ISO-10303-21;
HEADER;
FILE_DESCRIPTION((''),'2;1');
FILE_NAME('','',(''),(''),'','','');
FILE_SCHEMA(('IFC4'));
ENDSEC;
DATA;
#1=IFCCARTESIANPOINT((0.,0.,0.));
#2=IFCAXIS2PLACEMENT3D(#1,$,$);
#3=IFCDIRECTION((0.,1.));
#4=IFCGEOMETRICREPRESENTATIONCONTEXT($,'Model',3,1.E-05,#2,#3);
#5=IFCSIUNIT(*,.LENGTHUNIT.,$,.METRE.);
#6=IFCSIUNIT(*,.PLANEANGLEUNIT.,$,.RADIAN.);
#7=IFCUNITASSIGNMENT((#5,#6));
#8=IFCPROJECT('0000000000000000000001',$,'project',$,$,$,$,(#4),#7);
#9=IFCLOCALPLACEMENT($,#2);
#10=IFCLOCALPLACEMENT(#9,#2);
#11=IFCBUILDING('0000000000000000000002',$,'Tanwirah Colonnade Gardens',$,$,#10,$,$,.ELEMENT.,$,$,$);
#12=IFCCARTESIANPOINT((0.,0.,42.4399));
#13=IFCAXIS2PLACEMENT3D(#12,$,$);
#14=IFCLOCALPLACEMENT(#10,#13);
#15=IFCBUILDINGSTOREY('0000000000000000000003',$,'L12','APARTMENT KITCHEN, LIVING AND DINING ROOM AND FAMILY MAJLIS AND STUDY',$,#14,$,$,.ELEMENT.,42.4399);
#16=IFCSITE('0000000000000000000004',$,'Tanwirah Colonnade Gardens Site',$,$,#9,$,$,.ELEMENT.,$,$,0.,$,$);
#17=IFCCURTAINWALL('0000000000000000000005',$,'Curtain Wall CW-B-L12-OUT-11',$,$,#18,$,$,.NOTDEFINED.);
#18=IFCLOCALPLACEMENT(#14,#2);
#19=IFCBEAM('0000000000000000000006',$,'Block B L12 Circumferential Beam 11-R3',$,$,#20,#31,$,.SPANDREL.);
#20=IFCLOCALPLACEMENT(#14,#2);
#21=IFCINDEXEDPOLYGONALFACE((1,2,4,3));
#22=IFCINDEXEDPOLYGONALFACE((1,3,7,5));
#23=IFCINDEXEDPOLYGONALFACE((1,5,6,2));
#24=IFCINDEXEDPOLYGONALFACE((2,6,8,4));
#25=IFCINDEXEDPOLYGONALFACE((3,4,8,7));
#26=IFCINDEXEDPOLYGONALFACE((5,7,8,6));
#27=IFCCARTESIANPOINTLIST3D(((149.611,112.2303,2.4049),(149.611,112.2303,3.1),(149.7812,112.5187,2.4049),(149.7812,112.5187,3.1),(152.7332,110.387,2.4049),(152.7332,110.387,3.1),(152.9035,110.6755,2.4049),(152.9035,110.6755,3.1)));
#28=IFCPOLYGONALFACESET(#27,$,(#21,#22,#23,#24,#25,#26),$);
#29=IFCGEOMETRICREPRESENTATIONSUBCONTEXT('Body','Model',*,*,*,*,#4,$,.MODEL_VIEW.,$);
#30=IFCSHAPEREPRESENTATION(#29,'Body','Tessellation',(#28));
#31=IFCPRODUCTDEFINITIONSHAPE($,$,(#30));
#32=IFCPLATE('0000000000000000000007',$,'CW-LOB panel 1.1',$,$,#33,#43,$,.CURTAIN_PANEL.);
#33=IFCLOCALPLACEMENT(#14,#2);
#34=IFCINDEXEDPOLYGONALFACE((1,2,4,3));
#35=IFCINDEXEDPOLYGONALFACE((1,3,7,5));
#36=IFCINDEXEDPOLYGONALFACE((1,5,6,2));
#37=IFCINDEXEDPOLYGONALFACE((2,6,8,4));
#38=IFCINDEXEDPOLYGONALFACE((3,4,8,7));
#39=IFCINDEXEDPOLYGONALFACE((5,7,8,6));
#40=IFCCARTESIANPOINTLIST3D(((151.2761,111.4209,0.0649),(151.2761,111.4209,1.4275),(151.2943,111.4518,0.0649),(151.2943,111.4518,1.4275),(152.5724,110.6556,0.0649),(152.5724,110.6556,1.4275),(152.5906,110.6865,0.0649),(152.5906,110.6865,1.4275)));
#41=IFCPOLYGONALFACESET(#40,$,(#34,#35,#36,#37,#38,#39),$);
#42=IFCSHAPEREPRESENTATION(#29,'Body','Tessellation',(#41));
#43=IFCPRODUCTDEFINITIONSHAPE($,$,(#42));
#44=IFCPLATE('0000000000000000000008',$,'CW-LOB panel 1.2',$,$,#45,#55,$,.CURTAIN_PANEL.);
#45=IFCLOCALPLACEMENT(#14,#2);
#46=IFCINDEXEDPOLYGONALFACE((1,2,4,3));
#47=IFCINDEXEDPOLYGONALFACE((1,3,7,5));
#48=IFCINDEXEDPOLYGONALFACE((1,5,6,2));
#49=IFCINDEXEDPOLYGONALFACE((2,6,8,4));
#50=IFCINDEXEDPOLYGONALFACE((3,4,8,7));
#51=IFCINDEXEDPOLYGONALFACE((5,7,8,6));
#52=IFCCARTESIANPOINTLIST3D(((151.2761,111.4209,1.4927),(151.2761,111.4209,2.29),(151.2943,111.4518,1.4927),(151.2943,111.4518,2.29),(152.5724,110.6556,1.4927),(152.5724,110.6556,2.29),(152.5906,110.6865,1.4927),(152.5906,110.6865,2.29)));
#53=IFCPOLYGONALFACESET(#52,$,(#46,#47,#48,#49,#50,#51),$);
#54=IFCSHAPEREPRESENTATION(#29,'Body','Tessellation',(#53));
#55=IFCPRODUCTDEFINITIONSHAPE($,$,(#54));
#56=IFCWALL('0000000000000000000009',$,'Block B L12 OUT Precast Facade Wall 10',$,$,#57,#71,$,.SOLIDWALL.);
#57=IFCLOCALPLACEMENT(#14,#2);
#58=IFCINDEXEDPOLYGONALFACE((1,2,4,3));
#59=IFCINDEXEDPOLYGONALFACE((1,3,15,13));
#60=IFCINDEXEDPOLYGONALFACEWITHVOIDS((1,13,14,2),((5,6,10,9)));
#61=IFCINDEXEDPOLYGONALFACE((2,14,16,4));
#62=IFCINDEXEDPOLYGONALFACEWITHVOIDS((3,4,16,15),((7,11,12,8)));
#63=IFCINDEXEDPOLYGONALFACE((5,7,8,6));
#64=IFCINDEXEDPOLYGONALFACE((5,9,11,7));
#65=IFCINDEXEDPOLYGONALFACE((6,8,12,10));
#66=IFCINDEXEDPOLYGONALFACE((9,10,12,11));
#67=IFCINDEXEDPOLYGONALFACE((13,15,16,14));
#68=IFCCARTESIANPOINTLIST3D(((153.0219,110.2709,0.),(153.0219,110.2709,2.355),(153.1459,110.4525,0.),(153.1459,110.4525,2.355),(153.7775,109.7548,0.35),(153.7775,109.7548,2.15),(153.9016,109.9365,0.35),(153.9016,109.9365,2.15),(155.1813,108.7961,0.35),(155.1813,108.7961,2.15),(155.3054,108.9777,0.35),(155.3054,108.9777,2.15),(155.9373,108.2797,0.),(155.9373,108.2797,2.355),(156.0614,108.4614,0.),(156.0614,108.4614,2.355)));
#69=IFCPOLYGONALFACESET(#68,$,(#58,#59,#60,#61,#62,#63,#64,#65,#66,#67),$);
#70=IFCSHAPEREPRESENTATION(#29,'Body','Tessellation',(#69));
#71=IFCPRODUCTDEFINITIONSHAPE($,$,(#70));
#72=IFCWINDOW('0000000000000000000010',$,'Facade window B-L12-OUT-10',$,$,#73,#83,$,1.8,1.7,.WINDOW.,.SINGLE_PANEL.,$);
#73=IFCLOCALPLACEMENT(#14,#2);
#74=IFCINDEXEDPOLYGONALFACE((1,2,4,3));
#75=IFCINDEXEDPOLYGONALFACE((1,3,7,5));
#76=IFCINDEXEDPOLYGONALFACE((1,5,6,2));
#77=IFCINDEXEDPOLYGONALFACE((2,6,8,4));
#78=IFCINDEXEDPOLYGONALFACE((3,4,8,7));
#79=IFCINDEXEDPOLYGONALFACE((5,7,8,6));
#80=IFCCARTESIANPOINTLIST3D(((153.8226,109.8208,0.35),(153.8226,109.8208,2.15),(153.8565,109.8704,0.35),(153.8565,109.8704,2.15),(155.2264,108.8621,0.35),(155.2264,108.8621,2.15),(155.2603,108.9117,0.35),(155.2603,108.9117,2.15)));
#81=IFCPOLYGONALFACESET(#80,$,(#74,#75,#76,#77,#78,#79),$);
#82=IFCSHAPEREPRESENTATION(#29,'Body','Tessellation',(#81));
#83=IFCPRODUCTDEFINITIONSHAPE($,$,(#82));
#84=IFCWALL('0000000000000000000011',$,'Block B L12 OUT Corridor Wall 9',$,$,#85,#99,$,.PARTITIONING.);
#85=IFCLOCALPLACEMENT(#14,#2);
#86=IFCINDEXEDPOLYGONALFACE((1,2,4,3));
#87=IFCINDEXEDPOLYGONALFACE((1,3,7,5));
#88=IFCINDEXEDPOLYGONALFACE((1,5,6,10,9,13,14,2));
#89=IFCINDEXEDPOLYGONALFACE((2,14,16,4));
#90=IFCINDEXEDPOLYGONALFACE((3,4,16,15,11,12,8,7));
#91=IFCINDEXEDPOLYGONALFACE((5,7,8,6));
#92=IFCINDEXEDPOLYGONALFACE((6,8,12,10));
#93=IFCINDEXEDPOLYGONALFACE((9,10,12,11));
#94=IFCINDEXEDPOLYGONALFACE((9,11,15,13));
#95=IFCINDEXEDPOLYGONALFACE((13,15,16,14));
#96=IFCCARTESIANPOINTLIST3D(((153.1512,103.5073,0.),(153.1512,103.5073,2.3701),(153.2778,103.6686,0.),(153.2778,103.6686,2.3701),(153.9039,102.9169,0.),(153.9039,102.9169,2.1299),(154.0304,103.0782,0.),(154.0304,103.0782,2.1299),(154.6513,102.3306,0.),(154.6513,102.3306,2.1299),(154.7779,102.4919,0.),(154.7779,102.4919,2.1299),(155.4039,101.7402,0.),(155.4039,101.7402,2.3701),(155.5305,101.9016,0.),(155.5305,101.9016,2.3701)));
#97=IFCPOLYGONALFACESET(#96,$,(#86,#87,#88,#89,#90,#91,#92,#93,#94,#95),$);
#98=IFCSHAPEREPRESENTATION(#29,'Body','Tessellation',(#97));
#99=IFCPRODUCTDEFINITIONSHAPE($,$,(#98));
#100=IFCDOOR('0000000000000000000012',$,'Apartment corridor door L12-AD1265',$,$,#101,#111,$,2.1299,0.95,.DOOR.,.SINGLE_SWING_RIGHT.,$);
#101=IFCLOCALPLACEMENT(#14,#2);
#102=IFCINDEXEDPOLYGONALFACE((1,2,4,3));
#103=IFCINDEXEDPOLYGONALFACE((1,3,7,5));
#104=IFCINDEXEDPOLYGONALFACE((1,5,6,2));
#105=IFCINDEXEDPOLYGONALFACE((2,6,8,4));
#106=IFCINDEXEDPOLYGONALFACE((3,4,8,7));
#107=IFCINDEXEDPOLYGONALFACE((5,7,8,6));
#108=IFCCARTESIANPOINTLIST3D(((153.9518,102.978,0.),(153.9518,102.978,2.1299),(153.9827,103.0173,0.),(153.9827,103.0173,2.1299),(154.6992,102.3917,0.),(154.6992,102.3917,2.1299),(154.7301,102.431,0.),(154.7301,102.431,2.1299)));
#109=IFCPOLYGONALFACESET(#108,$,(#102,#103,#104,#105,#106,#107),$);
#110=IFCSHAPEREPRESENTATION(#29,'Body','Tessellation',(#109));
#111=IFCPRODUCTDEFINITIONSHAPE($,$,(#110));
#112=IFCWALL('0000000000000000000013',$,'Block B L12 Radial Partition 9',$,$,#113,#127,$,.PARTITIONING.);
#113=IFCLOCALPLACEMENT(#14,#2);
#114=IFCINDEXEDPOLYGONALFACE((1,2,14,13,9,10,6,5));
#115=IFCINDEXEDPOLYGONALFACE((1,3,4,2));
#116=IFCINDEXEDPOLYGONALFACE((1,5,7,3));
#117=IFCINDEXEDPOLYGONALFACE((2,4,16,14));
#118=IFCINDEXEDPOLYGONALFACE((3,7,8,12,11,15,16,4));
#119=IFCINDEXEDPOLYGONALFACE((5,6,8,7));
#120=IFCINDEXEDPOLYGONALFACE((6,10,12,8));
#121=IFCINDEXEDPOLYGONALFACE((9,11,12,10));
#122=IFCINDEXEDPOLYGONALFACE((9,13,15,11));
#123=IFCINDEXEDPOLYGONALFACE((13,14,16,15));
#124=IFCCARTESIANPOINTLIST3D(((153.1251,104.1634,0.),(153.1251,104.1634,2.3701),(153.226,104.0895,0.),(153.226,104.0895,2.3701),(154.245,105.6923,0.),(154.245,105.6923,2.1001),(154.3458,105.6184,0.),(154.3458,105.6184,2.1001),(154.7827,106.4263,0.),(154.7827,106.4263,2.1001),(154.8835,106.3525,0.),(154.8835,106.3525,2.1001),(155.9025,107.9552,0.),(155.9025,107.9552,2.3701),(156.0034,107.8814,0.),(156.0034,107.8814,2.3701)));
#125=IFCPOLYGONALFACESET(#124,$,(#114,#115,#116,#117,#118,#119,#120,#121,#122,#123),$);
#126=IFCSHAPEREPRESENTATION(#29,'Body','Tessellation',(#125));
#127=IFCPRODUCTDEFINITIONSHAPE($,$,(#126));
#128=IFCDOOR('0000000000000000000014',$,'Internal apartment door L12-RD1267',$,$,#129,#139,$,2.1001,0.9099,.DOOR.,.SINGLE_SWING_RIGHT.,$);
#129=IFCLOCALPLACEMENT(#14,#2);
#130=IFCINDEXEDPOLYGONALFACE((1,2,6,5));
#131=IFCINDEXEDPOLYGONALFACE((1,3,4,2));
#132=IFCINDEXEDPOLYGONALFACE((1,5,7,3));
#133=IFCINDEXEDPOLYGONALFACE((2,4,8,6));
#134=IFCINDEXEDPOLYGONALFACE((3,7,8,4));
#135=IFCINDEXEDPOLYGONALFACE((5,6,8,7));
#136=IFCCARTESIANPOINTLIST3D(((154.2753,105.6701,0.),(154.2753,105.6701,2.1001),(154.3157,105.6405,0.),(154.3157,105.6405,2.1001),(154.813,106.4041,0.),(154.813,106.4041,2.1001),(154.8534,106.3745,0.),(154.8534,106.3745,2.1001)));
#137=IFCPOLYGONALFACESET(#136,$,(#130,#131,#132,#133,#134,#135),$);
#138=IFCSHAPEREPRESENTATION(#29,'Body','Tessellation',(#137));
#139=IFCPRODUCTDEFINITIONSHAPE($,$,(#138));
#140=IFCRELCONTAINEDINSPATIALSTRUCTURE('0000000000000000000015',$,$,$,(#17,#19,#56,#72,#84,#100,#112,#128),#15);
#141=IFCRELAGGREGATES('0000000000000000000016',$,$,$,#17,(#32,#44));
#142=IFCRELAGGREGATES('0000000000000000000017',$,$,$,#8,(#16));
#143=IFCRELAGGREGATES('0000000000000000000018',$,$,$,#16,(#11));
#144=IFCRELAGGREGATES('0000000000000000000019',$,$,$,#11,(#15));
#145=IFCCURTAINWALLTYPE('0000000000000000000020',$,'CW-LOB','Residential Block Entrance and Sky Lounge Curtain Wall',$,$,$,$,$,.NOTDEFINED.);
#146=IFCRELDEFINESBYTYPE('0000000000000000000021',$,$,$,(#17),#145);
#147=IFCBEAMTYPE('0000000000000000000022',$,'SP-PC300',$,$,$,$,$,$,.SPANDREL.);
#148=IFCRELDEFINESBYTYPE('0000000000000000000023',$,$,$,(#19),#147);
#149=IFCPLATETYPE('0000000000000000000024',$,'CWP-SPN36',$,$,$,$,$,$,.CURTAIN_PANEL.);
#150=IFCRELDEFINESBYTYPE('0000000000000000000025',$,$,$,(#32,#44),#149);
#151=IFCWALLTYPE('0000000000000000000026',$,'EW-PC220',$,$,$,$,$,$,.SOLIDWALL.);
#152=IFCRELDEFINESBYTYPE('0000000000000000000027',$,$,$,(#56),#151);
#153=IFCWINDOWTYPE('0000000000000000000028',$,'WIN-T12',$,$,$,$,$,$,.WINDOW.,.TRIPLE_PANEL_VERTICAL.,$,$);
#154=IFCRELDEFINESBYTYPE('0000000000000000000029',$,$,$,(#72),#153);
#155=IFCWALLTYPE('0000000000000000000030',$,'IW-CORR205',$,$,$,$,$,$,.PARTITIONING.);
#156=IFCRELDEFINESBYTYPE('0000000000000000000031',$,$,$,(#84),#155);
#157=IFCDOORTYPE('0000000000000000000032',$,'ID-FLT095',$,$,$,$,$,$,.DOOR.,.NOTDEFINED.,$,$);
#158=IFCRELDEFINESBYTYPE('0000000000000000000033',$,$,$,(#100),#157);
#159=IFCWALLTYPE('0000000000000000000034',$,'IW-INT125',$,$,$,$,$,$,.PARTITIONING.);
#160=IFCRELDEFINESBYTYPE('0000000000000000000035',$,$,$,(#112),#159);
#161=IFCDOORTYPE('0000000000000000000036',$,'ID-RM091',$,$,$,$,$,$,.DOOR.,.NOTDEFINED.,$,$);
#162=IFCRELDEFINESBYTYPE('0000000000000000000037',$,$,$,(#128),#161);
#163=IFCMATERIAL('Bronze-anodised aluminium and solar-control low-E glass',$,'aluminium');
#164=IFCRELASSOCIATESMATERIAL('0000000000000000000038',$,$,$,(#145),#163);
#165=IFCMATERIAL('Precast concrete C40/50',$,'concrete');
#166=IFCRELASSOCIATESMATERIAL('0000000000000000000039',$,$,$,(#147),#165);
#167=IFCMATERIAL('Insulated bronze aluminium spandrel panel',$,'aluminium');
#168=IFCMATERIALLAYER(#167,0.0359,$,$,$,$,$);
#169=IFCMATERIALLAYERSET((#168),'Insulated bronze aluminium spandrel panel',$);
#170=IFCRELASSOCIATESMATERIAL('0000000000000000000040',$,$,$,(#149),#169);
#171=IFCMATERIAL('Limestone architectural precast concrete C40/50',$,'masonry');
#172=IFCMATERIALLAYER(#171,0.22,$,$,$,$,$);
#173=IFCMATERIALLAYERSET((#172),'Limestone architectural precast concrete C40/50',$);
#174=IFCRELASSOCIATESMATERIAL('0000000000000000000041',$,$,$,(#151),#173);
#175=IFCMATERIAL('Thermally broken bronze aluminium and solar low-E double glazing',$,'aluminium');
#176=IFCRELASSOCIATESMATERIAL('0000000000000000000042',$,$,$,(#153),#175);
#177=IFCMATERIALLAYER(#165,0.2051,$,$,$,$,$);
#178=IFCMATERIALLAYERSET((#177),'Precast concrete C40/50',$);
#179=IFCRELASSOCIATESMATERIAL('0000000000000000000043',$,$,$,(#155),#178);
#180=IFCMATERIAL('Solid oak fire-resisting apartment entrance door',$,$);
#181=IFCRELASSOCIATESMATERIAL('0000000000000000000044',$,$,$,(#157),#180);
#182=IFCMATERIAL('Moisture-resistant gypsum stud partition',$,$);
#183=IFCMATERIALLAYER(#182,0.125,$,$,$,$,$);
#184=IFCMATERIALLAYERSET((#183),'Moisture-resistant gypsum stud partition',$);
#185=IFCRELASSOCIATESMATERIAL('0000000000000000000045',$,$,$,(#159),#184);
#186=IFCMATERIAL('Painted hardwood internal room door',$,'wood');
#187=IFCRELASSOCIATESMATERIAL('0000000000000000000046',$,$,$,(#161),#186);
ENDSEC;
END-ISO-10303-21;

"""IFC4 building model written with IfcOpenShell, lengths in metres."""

from ifc_helpers import new_model, si_unit, direction, frame, frame_2d, origin, origin_2d, place, context, subcontext, project, spatial, rectangle, extrude, material, layer, layer_set, material_profile, profile_set, type_object, element, fill, aggregate, save


model = new_model("IFC4")

# Units and contexts
model_context = context("Model", 3, precision=1e-05, world=origin(), true_north=direction((0.0, 1.0)))
body_context = subcontext(model_context, "Body", "Model", "MODEL_VIEW")
ifc_project = project(units=[si_unit("LENGTHUNIT", "METRE"), si_unit("PLANEANGLEUNIT", "RADIAN")], contexts=[model_context])

# Site, building, storey
site_placement = place(None, origin())
site = spatial("IfcSite", under=ifc_project, at=site_placement, Name="Tanwirah Colonnade Gardens Site", CompositionType="ELEMENT", RefElevation=0.0)
building_placement = place(site_placement, origin())
building = spatial("IfcBuilding", under=site, at=building_placement, Name="Tanwirah Colonnade Gardens", CompositionType="ELEMENT")
storey_placement = place(building_placement, frame((0.0, 0.0, 42.4399)))
storey = spatial("IfcBuildingStorey", under=building, at=storey_placement, Name="L12", Description="APARTMENT KITCHEN, LIVING AND DINING ROOM AND FAMILY MAJLIS AND STUDY", CompositionType="ELEMENT", Elevation=42.4399)

# Shared definitions
ifc_material_1 = material(Name="Precast concrete C40/50", Category="concrete")

# Curtain wall
ifc_material_2 = material(Name="Bronze-anodised aluminium and solar-control low-E glass", Category="aluminium")
curtain_wall_type = type_object("IfcCurtainWallType", Name="CW-LOB", Description="Residential Block Entrance and Sky Lounge Curtain Wall", PredefinedType="NOTDEFINED", material=ifc_material_2)
curtain_wall_placement = place(storey_placement, origin())
curtain_wall = element("IfcCurtainWall", 1, at=curtain_wall_placement, inside=storey, type_object=curtain_wall_type, Name="Curtain Wall CW-B-L12-OUT-11", PredefinedType="NOTDEFINED")

# Beam
ifc_material_profile_1 = material_profile(ifc_material_1, rectangle(XDim=0.335, YDim=0.6951, at=origin_2d()), Name="PC-SP 335x695")
ifc_profile_set_1 = profile_set([ifc_material_profile_1], Name="Precast concrete C40/50")
beam_type_1 = type_object("IfcBeamType", Name="SP-PC300", PredefinedType="SPANDREL", material=ifc_profile_set_1)
for number, where, z_axis, x_axis, name in (
    (2, (152.8184, 110.5312, 2.7524), (-0.861137, 0.508373, 0.0), (-0.508373, -0.861137, 0.0), "Block B L12 Circumferential Beam 11-R3"),
):
    element("IfcBeam", number, at=place(storey_placement, frame(where, z_axis=z_axis, x_axis=x_axis)), inside=storey, type_object=beam_type_1, Name=name, PredefinedType="SPANDREL", context=body_context, shape_type="SweptSolid", body=[
        extrude(rectangle(XDim=0.335, YDim=0.6951, at=origin_2d()), origin(), (0.0, 0.0, 1.0), 3.6257),
    ])

# Plates
ifc_material_3 = material(Name="Insulated bronze aluminium spandrel panel", Category="aluminium")
ifc_layer_1 = layer(ifc_material_3, 0.0359)
ifc_layer_set_1 = layer_set([ifc_layer_1], Name="Insulated bronze aluminium spandrel panel")
plate_type = type_object("IfcPlateType", Name="CWP-SPN36", PredefinedType="CURTAIN_PANEL", material=ifc_layer_set_1)
plate_1_placement = place(storey_placement, frame((151.9333, 111.0537, 0.0649), z_axis=(0.0, 0.0, 1.0), x_axis=(-0.861137, 0.508372, 0.0)))
plate_1 = element("IfcPlate", 3, at=plate_1_placement, type_object=plate_type, Name="CW-LOB panel 1.1", PredefinedType="CURTAIN_PANEL", context=body_context, shape_type="SweptSolid", body=[
    extrude(rectangle(XDim=1.5054, YDim=0.0359, at=origin_2d()), origin(), (0.0, 0.0, 1.0), 1.3625),
])
plate_2_placement = place(storey_placement, frame((151.9333, 111.0537, 1.4927), z_axis=(0.0, 0.0, 1.0), x_axis=(-0.861137, 0.508372, 0.0)))
plate_2 = element("IfcPlate", 4, at=plate_2_placement, type_object=plate_type, Name="CW-LOB panel 1.2", PredefinedType="CURTAIN_PANEL", context=body_context, shape_type="SweptSolid", body=[
    extrude(rectangle(XDim=1.5054, YDim=0.0359, at=origin_2d()), origin(), (0.0, 0.0, 1.0), 0.7974),
])
aggregate(curtain_wall, [plate_1, plate_2])

# Wall, opening, window
ifc_material_4 = material(Name="Limestone architectural precast concrete C40/50", Category="masonry")
ifc_layer_2 = layer(ifc_material_4, 0.22)
ifc_layer_set_2 = layer_set([ifc_layer_2], Name="Limestone architectural precast concrete C40/50")
wall_type_1 = type_object("IfcWallType", Name="EW-PC220", PredefinedType="SOLIDWALL", material=ifc_layer_set_2)
wall_1_placement = place(storey_placement, frame((155.9993, 108.3706, 0.0), z_axis=(0.0, 0.0, 1.0), x_axis=(-0.825785, 0.563985, 0.0)))
wall_1 = element("IfcWall", 5, at=wall_1_placement, inside=storey, type_object=wall_type_1, Name="Block B L12 OUT Precast Facade Wall 10", PredefinedType="SOLIDWALL", context=body_context, shape_type="SweptSolid", body=[
    extrude(rectangle(XDim=3.5305, YDim=0.22, at=frame_2d((1.7651, 0.0))), origin(), (0.0, 0.0, 1.0), 2.355),
])
opening_1_placement = place(wall_1_placement, frame((0.9153, 0.0, 0.3501)))
opening_1 = element("IfcOpeningElement", 6, at=opening_1_placement, cuts=wall_1, PredefinedType="OPENING", context=body_context, shape_type="SweptSolid", body=[
    extrude(rectangle(XDim=1.7, YDim=1.8, at=frame_2d((0.8501, 0.8999))), frame((0.0, 0.1199, 0.0), z_axis=(0.0, -1.0, 0.0), x_axis=(1.0, 0.0, 0.0)), (0.0, 0.0, 1.0), 0.24),
])
ifc_material_5 = material(Name="Thermally broken bronze aluminium and solar low-E double glazing", Category="aluminium")
window_type = type_object("IfcWindowType", Name="WIN-T12", PartitioningType="TRIPLE_PANEL_VERTICAL", PredefinedType="WINDOW", material=ifc_material_5)
window_placement = place(opening_1_placement, origin())
window = element("IfcWindow", 7, at=window_placement, inside=storey, type_object=window_type, Name="Facade window B-L12-OUT-10", OverallHeight=1.8, OverallWidth=1.7, PartitioningType="SINGLE_PANEL", PredefinedType="WINDOW", context=body_context, shape_type="SweptSolid", body=[
    extrude(rectangle(XDim=1.7, YDim=1.8, at=frame_2d((0.8501, 0.8999))), frame((0.0, 0.03, 0.0), z_axis=(0.0, -1.0, 0.0), x_axis=(1.0, 0.0, 0.0)), (0.0, 0.0, 1.0), 0.0601),
])
fill(opening_1, window)

# Walls, openings, doors
ifc_layer_3 = layer(ifc_material_1, 0.2051)
ifc_layer_set_3 = layer_set([ifc_layer_3], Name="Precast concrete C40/50")
wall_type_2 = type_object("IfcWallType", Name="IW-CORR205", PredefinedType="PARTITIONING", material=ifc_layer_set_3)
wall_2_placement = place(storey_placement, frame((155.4673, 101.8208, 0.0), z_axis=(0.0, 0.0, 1.0), x_axis=(-0.786806, 0.6172, 0.0)))
wall_2 = element("IfcWall", 8, at=wall_2_placement, inside=storey, type_object=wall_type_2, Name="Block B L12 OUT Corridor Wall 9", PredefinedType="PARTITIONING", context=body_context, shape_type="SweptSolid", body=[
    extrude(rectangle(XDim=2.863, YDim=0.2051, at=frame_2d((1.4316, 0.0))), origin(), (0.0, 0.0, 1.0), 2.3701),
])
opening_2_placement = place(wall_2_placement, frame((0.9565, 0.0, 0.0)))
opening_2 = element("IfcOpeningElement", 9, at=opening_2_placement, cuts=wall_2, PredefinedType="OPENING", context=body_context, shape_type="SweptSolid", body=[
    extrude(rectangle(XDim=0.95, YDim=2.1299, at=frame_2d((0.4751, 1.0649))), frame((0.0, 0.1125, 0.0), z_axis=(0.0, -1.0, 0.0), x_axis=(1.0, 0.0, 0.0)), (0.0, 0.0, 1.0), 0.2251),
])
ifc_material_6 = material(Name="Solid oak fire-resisting apartment entrance door")
door_type_1 = type_object("IfcDoorType", Name="ID-FLT095", OperationType="NOTDEFINED", PredefinedType="DOOR", material=ifc_material_6)
door_1_placement = place(opening_2_placement, origin())
door_1 = element("IfcDoor", 10, at=door_1_placement, inside=storey, type_object=door_type_1, Name="Apartment corridor door L12-AD1265", OperationType="SINGLE_SWING_RIGHT", OverallHeight=2.1299, OverallWidth=0.95, PredefinedType="DOOR", context=body_context, shape_type="SweptSolid", body=[
    extrude(rectangle(XDim=0.95, YDim=2.1299, at=frame_2d((0.4751, 1.0649))), frame((0.0, 0.0249, 0.0), z_axis=(0.0, -1.0, 0.0), x_axis=(1.0, 0.0, 0.0)), (0.0, 0.0, 1.0), 0.05),
])
fill(opening_2, door_1)
ifc_material_7 = material(Name="Moisture-resistant gypsum stud partition")
ifc_layer_4 = layer(ifc_material_7, 0.125)
ifc_layer_set_4 = layer_set([ifc_layer_4], Name="Moisture-resistant gypsum stud partition")
wall_type_3 = type_object("IfcWallType", Name="IW-INT125", PredefinedType="PARTITIONING", material=ifc_layer_set_4)
wall_3_placement = place(storey_placement, frame((153.1755, 104.1265, 0.0), z_axis=(0.0, 0.0, 1.0), x_axis=(0.590911, 0.806737, 0.0)))
wall_3 = element("IfcWall", 11, at=wall_3_placement, inside=storey, type_object=wall_type_3, Name="Block B L12 Radial Partition 9", PredefinedType="PARTITIONING", context=body_context, shape_type="SweptSolid", body=[
    extrude(rectangle(XDim=4.7002, YDim=0.125, at=frame_2d((2.3501, 0.0))), origin(), (0.0, 0.0, 1.0), 2.3701),
])
opening_3_placement = place(wall_3_placement, frame((1.895, 0.0, 0.0)))
opening_3 = element("IfcOpeningElement", 12, at=opening_3_placement, cuts=wall_3, PredefinedType="OPENING", context=body_context, shape_type="SweptSolid", body=[
    extrude(rectangle(XDim=0.9099, YDim=2.1001, at=frame_2d((0.4551, 1.05))), frame((0.0, 0.0725, 0.0), z_axis=(0.0, -1.0, 0.0), x_axis=(1.0, 0.0, 0.0)), (0.0, 0.0, 1.0), 0.145),
])
ifc_material_8 = material(Name="Painted hardwood internal room door", Category="wood")
door_type_2 = type_object("IfcDoorType", Name="ID-RM091", OperationType="NOTDEFINED", PredefinedType="DOOR", material=ifc_material_8)
door_2_placement = place(opening_3_placement, origin())
door_2 = element("IfcDoor", 13, at=door_2_placement, inside=storey, type_object=door_type_2, Name="Internal apartment door L12-RD1267", OperationType="SINGLE_SWING_RIGHT", OverallHeight=2.1001, OverallWidth=0.9099, PredefinedType="DOOR", context=body_context, shape_type="SweptSolid", body=[
    extrude(rectangle(XDim=0.9099, YDim=2.1001, at=frame_2d((0.4551, 1.05))), frame((0.0, 0.0249, 0.0), z_axis=(0.0, -1.0, 0.0), x_axis=(1.0, 0.0, 0.0)), (0.0, 0.0, 1.0), 0.05),
])
fill(opening_3, door_2)

save(model, "model.ifc")
